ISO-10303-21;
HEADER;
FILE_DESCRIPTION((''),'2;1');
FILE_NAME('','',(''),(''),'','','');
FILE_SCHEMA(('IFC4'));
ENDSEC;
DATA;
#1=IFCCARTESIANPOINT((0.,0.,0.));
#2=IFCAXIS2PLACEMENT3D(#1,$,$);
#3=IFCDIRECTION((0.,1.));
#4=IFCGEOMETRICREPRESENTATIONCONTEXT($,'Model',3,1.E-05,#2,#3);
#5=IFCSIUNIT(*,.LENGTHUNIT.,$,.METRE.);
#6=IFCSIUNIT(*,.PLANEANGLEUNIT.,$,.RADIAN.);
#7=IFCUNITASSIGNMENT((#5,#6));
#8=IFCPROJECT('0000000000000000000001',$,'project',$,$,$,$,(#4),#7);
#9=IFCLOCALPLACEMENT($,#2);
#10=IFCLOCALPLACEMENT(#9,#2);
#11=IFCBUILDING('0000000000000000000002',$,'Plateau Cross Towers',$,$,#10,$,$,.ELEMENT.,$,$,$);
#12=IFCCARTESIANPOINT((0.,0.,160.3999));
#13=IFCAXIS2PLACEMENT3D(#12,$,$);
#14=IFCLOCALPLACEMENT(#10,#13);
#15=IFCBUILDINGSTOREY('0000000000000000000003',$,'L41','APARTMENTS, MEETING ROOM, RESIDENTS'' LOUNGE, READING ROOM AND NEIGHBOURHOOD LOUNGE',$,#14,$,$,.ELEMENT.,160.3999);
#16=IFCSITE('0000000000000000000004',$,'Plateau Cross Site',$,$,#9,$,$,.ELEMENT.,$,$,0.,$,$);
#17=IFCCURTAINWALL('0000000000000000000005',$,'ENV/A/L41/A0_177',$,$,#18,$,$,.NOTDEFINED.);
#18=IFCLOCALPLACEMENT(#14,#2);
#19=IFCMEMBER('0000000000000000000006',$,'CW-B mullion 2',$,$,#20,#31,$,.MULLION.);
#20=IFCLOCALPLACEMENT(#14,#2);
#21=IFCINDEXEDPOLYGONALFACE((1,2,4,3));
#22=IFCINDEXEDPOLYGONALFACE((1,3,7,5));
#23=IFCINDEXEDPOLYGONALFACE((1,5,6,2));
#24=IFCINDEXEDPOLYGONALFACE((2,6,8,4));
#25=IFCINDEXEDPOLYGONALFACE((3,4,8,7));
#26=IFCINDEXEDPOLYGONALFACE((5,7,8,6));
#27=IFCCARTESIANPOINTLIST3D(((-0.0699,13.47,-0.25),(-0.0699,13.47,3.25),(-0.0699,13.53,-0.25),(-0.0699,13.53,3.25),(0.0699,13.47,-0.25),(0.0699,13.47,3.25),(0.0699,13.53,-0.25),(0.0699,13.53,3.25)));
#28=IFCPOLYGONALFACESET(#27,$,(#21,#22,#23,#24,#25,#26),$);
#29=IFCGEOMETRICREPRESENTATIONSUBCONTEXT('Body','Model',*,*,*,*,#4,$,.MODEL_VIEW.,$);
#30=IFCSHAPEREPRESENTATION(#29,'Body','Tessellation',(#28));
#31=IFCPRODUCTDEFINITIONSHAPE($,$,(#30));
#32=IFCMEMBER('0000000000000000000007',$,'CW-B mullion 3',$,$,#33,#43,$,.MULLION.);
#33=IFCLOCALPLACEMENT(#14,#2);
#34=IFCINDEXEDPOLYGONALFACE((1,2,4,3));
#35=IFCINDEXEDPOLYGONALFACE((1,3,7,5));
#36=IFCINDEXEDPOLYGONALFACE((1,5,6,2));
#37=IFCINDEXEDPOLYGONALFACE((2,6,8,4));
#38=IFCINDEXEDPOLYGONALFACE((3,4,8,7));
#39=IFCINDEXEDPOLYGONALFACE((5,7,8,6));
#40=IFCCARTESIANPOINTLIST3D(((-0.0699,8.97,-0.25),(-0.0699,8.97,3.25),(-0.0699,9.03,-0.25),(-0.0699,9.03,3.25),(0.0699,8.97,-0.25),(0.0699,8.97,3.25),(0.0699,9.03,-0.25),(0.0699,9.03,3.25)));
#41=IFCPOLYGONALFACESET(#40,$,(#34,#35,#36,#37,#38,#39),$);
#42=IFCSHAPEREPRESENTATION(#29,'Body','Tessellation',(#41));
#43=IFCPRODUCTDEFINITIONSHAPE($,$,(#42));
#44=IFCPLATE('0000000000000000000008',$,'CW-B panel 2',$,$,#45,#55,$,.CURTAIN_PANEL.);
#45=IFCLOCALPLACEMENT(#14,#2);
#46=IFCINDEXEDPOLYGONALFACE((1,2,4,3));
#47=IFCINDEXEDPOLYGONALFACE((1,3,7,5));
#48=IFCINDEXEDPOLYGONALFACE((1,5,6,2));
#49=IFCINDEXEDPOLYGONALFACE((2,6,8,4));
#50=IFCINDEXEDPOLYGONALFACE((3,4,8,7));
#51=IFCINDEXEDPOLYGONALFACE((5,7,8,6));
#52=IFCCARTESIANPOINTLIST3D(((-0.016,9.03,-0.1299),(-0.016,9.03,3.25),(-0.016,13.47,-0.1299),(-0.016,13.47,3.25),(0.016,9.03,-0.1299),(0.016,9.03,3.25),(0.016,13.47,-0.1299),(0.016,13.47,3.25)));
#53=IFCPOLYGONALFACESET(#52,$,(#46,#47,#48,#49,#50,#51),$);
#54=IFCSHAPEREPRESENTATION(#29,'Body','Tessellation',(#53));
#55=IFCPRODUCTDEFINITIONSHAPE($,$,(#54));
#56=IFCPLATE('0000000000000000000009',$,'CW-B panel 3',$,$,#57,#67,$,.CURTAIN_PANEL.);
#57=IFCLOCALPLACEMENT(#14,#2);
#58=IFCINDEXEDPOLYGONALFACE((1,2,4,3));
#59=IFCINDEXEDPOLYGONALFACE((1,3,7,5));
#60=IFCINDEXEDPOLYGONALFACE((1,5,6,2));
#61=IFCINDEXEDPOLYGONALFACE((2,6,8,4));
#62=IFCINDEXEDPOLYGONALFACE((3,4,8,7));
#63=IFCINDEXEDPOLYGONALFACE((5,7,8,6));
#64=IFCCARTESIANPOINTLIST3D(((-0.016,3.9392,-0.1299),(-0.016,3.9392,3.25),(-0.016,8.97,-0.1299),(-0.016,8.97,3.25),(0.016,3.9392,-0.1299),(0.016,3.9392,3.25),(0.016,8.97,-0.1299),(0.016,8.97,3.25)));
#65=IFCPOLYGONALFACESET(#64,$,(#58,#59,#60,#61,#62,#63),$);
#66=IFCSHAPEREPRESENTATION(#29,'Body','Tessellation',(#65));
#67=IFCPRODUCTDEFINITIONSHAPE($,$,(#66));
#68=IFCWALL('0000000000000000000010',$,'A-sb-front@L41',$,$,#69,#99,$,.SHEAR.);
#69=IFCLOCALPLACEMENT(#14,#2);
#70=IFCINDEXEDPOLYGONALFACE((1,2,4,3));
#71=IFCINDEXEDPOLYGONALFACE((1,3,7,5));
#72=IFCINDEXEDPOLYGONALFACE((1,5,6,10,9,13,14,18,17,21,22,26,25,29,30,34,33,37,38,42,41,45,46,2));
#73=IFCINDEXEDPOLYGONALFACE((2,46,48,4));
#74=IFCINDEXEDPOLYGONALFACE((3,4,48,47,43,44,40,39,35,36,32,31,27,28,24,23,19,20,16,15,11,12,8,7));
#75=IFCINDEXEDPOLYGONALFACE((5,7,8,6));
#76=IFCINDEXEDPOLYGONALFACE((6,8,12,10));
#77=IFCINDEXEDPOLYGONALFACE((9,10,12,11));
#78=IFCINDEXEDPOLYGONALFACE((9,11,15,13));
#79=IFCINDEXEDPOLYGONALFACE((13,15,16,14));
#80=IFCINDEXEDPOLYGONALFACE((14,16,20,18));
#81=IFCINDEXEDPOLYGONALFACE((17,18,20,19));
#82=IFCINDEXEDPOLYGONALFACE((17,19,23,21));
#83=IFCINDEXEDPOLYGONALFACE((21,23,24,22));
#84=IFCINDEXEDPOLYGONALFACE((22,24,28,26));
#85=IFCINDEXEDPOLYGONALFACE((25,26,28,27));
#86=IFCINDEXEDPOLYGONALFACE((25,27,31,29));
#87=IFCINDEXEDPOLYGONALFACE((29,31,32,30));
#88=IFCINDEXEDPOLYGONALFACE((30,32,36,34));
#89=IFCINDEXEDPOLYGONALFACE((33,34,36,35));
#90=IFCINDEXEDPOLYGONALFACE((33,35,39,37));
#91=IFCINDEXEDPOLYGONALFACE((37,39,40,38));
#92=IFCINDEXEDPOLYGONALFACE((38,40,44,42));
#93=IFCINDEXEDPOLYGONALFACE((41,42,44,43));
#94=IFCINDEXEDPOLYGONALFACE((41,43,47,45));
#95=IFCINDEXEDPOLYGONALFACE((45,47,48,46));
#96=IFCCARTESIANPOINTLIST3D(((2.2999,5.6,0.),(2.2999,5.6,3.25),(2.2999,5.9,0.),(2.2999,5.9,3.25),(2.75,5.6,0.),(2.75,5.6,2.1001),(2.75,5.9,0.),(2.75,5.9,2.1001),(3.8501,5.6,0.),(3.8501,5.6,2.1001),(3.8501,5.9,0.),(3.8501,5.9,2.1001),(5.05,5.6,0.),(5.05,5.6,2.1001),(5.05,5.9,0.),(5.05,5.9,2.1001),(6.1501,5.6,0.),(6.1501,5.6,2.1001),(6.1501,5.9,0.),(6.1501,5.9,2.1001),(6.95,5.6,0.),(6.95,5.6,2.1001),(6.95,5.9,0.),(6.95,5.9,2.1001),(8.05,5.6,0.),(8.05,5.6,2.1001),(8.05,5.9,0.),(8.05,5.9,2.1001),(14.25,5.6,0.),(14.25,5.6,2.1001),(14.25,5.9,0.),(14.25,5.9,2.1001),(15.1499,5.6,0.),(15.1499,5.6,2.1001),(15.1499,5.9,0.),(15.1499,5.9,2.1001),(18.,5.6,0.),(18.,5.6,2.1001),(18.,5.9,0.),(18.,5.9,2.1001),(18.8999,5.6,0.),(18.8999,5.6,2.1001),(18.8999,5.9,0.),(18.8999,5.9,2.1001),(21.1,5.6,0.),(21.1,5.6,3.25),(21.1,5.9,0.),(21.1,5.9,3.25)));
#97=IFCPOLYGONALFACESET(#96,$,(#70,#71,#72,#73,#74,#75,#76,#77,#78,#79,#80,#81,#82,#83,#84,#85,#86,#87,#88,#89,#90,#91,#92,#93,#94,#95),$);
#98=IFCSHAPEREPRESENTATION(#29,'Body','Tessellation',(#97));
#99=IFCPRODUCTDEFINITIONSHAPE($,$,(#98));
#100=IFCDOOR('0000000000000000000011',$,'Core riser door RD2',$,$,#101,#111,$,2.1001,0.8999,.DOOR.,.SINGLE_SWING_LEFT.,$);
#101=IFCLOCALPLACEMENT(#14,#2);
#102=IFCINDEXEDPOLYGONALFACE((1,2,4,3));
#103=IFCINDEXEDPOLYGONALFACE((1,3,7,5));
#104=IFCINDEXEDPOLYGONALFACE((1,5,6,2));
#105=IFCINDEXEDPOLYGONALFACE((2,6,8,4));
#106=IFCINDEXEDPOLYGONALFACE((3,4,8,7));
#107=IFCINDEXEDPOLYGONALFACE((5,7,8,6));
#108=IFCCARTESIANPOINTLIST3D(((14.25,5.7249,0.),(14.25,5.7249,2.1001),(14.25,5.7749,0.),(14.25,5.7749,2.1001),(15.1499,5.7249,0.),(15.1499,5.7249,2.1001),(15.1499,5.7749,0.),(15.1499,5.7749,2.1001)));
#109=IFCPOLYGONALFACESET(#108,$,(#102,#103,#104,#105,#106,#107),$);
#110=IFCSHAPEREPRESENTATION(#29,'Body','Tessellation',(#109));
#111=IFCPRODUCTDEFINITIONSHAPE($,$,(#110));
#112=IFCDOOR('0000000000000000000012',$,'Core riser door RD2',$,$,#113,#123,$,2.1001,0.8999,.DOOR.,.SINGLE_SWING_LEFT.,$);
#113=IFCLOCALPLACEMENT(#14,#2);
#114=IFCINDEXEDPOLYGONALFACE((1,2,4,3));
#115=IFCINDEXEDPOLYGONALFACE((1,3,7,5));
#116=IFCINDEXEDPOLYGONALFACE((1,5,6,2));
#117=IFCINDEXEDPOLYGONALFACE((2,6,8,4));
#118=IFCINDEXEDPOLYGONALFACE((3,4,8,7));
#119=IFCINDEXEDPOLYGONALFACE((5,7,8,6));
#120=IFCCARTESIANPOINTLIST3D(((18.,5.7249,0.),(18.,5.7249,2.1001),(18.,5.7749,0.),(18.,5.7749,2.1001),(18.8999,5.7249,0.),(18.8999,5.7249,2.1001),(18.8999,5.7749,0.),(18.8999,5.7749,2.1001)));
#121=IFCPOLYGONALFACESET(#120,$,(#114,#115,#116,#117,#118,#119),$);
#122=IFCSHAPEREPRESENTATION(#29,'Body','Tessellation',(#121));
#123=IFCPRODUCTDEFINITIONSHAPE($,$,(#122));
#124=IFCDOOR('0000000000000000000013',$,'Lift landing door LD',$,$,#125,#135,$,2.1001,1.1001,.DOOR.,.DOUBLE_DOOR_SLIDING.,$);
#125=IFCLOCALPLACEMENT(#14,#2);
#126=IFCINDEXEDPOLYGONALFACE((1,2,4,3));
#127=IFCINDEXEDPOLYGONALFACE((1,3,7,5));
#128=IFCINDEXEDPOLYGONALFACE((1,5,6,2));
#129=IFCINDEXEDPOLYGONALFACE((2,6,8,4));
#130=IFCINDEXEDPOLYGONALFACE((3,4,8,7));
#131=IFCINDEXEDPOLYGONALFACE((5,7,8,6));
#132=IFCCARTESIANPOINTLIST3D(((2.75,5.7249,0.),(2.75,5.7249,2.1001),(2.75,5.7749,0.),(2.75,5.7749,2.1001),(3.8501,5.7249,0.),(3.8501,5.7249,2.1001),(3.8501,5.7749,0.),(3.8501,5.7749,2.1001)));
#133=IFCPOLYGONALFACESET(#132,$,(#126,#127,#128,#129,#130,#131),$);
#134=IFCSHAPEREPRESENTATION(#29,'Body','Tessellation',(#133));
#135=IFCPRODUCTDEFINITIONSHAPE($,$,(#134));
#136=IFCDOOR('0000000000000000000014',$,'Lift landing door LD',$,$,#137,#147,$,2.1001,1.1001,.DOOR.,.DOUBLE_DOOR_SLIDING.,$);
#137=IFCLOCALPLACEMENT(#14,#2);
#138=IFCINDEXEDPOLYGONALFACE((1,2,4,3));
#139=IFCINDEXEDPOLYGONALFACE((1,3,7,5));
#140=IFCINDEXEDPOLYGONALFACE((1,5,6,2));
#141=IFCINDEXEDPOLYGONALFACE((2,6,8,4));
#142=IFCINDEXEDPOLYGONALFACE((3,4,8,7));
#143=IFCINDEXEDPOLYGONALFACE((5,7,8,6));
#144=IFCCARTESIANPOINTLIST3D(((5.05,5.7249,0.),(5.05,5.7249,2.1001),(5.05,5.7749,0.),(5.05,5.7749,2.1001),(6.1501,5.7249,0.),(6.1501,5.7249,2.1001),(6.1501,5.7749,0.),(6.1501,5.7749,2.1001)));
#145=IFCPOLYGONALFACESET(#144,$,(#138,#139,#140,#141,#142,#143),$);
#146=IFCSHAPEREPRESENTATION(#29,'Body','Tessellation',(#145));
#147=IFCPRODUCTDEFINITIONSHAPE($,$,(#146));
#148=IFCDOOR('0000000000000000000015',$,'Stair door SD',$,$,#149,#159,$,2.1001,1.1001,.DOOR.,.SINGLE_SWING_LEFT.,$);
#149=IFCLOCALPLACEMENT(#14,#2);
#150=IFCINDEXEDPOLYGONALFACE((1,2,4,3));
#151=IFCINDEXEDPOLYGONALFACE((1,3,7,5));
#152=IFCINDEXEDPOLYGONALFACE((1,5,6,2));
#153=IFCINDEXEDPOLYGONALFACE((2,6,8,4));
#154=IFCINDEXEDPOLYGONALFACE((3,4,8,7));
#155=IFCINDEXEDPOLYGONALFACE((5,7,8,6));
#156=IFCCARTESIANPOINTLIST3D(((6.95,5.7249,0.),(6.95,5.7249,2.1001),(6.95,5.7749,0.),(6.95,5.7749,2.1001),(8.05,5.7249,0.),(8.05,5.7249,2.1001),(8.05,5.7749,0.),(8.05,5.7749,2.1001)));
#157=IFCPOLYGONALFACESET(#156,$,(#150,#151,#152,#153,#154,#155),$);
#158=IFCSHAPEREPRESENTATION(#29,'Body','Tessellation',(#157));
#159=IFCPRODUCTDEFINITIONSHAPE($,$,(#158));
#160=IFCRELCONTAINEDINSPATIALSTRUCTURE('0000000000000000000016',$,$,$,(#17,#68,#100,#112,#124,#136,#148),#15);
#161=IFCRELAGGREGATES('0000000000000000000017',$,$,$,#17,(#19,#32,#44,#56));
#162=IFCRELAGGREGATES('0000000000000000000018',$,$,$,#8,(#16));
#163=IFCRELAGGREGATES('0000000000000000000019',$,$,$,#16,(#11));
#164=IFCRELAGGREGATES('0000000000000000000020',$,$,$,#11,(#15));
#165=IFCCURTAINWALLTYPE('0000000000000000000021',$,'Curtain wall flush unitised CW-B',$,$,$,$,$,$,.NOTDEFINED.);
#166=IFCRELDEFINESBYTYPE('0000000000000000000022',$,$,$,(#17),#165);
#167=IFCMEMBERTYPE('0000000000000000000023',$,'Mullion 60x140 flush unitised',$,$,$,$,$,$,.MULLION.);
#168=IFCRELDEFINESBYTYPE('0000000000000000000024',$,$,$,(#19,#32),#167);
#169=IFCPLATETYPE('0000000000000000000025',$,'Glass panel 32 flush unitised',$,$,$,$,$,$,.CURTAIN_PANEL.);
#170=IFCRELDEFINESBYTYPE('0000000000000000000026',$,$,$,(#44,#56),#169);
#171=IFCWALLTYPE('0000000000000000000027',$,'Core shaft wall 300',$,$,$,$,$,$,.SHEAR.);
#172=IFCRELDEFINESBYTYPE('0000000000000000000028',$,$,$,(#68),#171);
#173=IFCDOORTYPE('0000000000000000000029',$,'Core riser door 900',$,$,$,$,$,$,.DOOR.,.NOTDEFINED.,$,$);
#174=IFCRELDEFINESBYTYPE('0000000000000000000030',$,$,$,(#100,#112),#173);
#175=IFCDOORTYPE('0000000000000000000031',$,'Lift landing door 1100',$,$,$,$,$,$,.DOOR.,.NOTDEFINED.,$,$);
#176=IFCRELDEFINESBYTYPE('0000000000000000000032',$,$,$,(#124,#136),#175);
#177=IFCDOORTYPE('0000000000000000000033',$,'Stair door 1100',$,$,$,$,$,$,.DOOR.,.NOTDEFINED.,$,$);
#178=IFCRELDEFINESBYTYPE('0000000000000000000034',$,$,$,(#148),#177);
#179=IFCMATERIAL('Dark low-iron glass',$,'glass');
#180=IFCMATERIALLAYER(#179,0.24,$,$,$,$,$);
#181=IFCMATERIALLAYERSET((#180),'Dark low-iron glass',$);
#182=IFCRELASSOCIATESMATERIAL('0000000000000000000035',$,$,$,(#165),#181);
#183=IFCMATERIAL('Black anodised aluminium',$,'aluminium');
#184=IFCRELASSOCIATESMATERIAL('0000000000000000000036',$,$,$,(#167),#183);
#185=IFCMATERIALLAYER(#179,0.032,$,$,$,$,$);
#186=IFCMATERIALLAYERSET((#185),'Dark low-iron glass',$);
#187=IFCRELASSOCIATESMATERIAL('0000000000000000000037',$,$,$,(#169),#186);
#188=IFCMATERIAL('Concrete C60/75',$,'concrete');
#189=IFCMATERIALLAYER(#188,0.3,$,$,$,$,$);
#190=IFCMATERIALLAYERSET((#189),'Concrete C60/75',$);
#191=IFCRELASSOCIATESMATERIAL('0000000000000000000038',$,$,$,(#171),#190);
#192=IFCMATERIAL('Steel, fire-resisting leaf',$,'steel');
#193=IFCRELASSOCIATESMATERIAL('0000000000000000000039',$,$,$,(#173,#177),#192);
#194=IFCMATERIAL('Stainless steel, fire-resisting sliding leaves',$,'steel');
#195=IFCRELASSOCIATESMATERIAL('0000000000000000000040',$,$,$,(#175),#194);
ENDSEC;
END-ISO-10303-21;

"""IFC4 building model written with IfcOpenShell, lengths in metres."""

from ifc_helpers import new_model, si_unit, direction, frame, frame_2d, origin, origin_2d, place, context, subcontext, project, spatial, rectangle, extrude, material, layer, layer_set, material_profile, profile_set, type_object, element, fill, aggregate, save


model = new_model("IFC4")

# Units and contexts
model_context = context("Model", 3, precision=1e-05, world=origin(), true_north=direction((0.0, 1.0)))
body_context = subcontext(model_context, "Body", "Model", "MODEL_VIEW")
ifc_project = project(units=[si_unit("LENGTHUNIT", "METRE"), si_unit("PLANEANGLEUNIT", "RADIAN")], contexts=[model_context])

# Site, building, storey
site_placement = place(None, origin())
site = spatial("IfcSite", under=ifc_project, at=site_placement, Name="Plateau Cross Site", CompositionType="ELEMENT", RefElevation=0.0)
building_placement = place(site_placement, origin())
building = spatial("IfcBuilding", under=site, at=building_placement, Name="Plateau Cross Towers", CompositionType="ELEMENT")
storey_placement = place(building_placement, frame((0.0, 0.0, 160.3999)))
storey = spatial("IfcBuildingStorey", under=building, at=storey_placement, Name="L41", Description="APARTMENTS, MEETING ROOM, RESIDENTS' LOUNGE, READING ROOM AND NEIGHBOURHOOD LOUNGE", CompositionType="ELEMENT", Elevation=160.3999)

# Curtain wall, members, plates
ifc_material_1 = material(Name="Dark low-iron glass", Category="glass")
ifc_layer_1 = layer(ifc_material_1, 0.24)
ifc_layer_set_1 = layer_set([ifc_layer_1], Name="Dark low-iron glass")
curtain_wall_type = type_object("IfcCurtainWallType", Name="Curtain wall flush unitised CW-B", PredefinedType="NOTDEFINED", material=ifc_layer_set_1)
curtain_wall_placement = place(storey_placement, origin())
curtain_wall = element("IfcCurtainWall", 1, at=curtain_wall_placement, inside=storey, type_object=curtain_wall_type, Name="ENV/A/L41/A0_177", PredefinedType="NOTDEFINED")
ifc_material_2 = material(Name="Black anodised aluminium", Category="aluminium")
ifc_material_profile = material_profile(ifc_material_2, rectangle(XDim=0.0601, YDim=0.1399, at=origin_2d()), Name="MULLION 60x140")
ifc_profile_set = profile_set([ifc_material_profile], Name="Black anodised aluminium")
member_type = type_object("IfcMemberType", Name="Mullion 60x140 flush unitised", PredefinedType="MULLION", material=ifc_profile_set)
member_1_placement = place(storey_placement, frame((0.0, 13.5, -0.25), z_axis=(0.0, 0.0, 1.0), x_axis=(0.0, -1.0, 0.0)))
member_1 = element("IfcMember", 2, at=member_1_placement, type_object=member_type, Name="CW-B mullion 2", PredefinedType="MULLION", context=body_context, shape_type="SweptSolid", body=[
    extrude(rectangle(XDim=0.0601, YDim=0.1399, at=origin_2d()), origin(), (0.0, 0.0, 1.0), 3.5),
])
member_2_placement = place(storey_placement, frame((0.0, 9.0, -0.25), z_axis=(0.0, 0.0, 1.0), x_axis=(0.0, -1.0, 0.0)))
member_2 = element("IfcMember", 3, at=member_2_placement, type_object=member_type, Name="CW-B mullion 3", PredefinedType="MULLION", context=body_context, shape_type="SweptSolid", body=[
    extrude(rectangle(XDim=0.0601, YDim=0.1399, at=origin_2d()), origin(), (0.0, 0.0, 1.0), 3.5),
])
ifc_layer_2 = layer(ifc_material_1, 0.032)
ifc_layer_set_2 = layer_set([ifc_layer_2], Name="Dark low-iron glass")
plate_type = type_object("IfcPlateType", Name="Glass panel 32 flush unitised", PredefinedType="CURTAIN_PANEL", material=ifc_layer_set_2)
plate_1_placement = place(storey_placement, frame((0.0, 11.25, -0.1299), z_axis=(0.0, 0.0, 1.0), x_axis=(0.0, -1.0, 0.0)))
plate_1 = element("IfcPlate", 4, at=plate_1_placement, type_object=plate_type, Name="CW-B panel 2", PredefinedType="CURTAIN_PANEL", context=body_context, shape_type="SweptSolid", body=[
    extrude(rectangle(XDim=4.4399, YDim=0.032, at=origin_2d()), origin(), (0.0, 0.0, 1.0), 3.3799),
])
plate_2_placement = place(storey_placement, frame((0.0, 6.4546, -0.1299), z_axis=(0.0, 0.0, 1.0), x_axis=(0.0, -1.0, 0.0)))
plate_2 = element("IfcPlate", 5, at=plate_2_placement, type_object=plate_type, Name="CW-B panel 3", PredefinedType="CURTAIN_PANEL", context=body_context, shape_type="SweptSolid", body=[
    extrude(rectangle(XDim=5.0308, YDim=0.032, at=origin_2d()), origin(), (0.0, 0.0, 1.0), 3.3799),
])
aggregate(curtain_wall, [member_1, member_2, plate_1, plate_2])

# Wall, openings, doors
ifc_material_3 = material(Name="Concrete C60/75", Category="concrete")
ifc_layer_3 = layer(ifc_material_3, 0.3)
ifc_layer_set_3 = layer_set([ifc_layer_3], Name="Concrete C60/75")
wall_type = type_object("IfcWallType", Name="Core shaft wall 300", PredefinedType="SHEAR", material=ifc_layer_set_3)
wall_1_placement = place(storey_placement, frame((2.3, 5.75, 0.0), z_axis=(0.0, 0.0, 1.0), x_axis=(1.0, 0.0, 0.0)))
wall_1 = element("IfcWall", 6, at=wall_1_placement, inside=storey, type_object=wall_type, Name="A-sb-front@L41", PredefinedType="SHEAR", context=body_context, shape_type="SweptSolid", body=[
    extrude(rectangle(XDim=18.8, YDim=0.3, at=frame_2d((9.3999, 0.0))), origin(), (0.0, 0.0, 1.0), 3.25),
])
opening_1_placement = place(wall_1_placement, frame((4.6499, 0.0, 0.0)))
opening_1 = element("IfcOpeningElement", 7, at=opening_1_placement, cuts=wall_1, PredefinedType="OPENING", context=body_context, shape_type="SweptSolid", body=[
    extrude(rectangle(XDim=1.1001, YDim=2.1001, at=frame_2d((0.55, 1.05))), frame((0.0, 0.1599, 0.0), z_axis=(0.0, -1.0, 0.0), x_axis=(1.0, 0.0, 0.0)), (0.0, 0.0, 1.0), 0.3201),
])
opening_2_placement = place(wall_1_placement, frame((0.45, 0.0, 0.0)))
opening_2 = element("IfcOpeningElement", 8, at=opening_2_placement, cuts=wall_1, PredefinedType="OPENING", context=body_context, shape_type="SweptSolid", body=[
    extrude(rectangle(XDim=1.1001, YDim=2.1001, at=frame_2d((0.55, 1.05))), frame((0.0, 0.1599, 0.0), z_axis=(0.0, -1.0, 0.0), x_axis=(1.0, 0.0, 0.0)), (0.0, 0.0, 1.0), 0.3201),
])
opening_3_placement = place(wall_1_placement, frame((2.75, 0.0, 0.0)))
opening_3 = element("IfcOpeningElement", 9, at=opening_3_placement, cuts=wall_1, PredefinedType="OPENING", context=body_context, shape_type="SweptSolid", body=[
    extrude(rectangle(XDim=1.1001, YDim=2.1001, at=frame_2d((0.55, 1.05))), frame((0.0, 0.1599, 0.0), z_axis=(0.0, -1.0, 0.0), x_axis=(1.0, 0.0, 0.0)), (0.0, 0.0, 1.0), 0.3201),
])
opening_4_placement = place(wall_1_placement, frame((11.95, 0.0, 0.0)))
opening_4 = element("IfcOpeningElement", 10, at=opening_4_placement, cuts=wall_1, PredefinedType="OPENING", context=body_context, shape_type="SweptSolid", body=[
    extrude(rectangle(XDim=0.8999, YDim=2.1001, at=frame_2d((0.45, 1.05))), frame((0.0, 0.1599, 0.0), z_axis=(0.0, -1.0, 0.0), x_axis=(1.0, 0.0, 0.0)), (0.0, 0.0, 1.0), 0.3201),
])
opening_5_placement = place(wall_1_placement, frame((15.7, 0.0, 0.0)))
opening_5 = element("IfcOpeningElement", 11, at=opening_5_placement, cuts=wall_1, PredefinedType="OPENING", context=body_context, shape_type="SweptSolid", body=[
    extrude(rectangle(XDim=0.8999, YDim=2.1001, at=frame_2d((0.45, 1.05))), frame((0.0, 0.1599, 0.0), z_axis=(0.0, -1.0, 0.0), x_axis=(1.0, 0.0, 0.0)), (0.0, 0.0, 1.0), 0.3201),
])
ifc_material_4 = material(Name="Steel, fire-resisting leaf", Category="steel")
door_type_1 = type_object("IfcDoorType", Name="Core riser door 900", OperationType="NOTDEFINED", PredefinedType="DOOR", material=ifc_material_4)
door_1_placement = place(opening_4_placement, origin())
door_1 = element("IfcDoor", 12, at=door_1_placement, inside=storey, type_object=door_type_1, Name="Core riser door RD2", OperationType="SINGLE_SWING_LEFT", OverallHeight=2.1001, OverallWidth=0.8999, PredefinedType="DOOR", context=body_context, shape_type="SweptSolid", body=[
    extrude(rectangle(XDim=0.8999, YDim=2.1001, at=frame_2d((0.45, 1.05))), frame((0.0, 0.0249, 0.0), z_axis=(0.0, -1.0, 0.0), x_axis=(1.0, 0.0, 0.0)), (0.0, 0.0, 1.0), 0.05),
])
fill(opening_4, door_1)
door_2_placement = place(opening_5_placement, origin())
door_2 = element("IfcDoor", 13, at=door_2_placement, inside=storey, type_object=door_type_1, Name="Core riser door RD2", OperationType="SINGLE_SWING_LEFT", OverallHeight=2.1001, OverallWidth=0.8999, PredefinedType="DOOR", context=body_context, shape_type="SweptSolid", body=[
    extrude(rectangle(XDim=0.8999, YDim=2.1001, at=frame_2d((0.45, 1.05))), frame((0.0, 0.0249, 0.0), z_axis=(0.0, -1.0, 0.0), x_axis=(1.0, 0.0, 0.0)), (0.0, 0.0, 1.0), 0.05),
])
fill(opening_5, door_2)
ifc_material_5 = material(Name="Stainless steel, fire-resisting sliding leaves", Category="steel")
door_type_2 = type_object("IfcDoorType", Name="Lift landing door 1100", OperationType="NOTDEFINED", PredefinedType="DOOR", material=ifc_material_5)
door_3_placement = place(opening_2_placement, origin())
door_3 = element("IfcDoor", 14, at=door_3_placement, inside=storey, type_object=door_type_2, Name="Lift landing door LD", OperationType="DOUBLE_DOOR_SLIDING", OverallHeight=2.1001, OverallWidth=1.1001, PredefinedType="DOOR", context=body_context, shape_type="SweptSolid", body=[
    extrude(rectangle(XDim=1.1001, YDim=2.1001, at=frame_2d((0.55, 1.05))), frame((0.0, 0.0249, 0.0), z_axis=(0.0, -1.0, 0.0), x_axis=(1.0, 0.0, 0.0)), (0.0, 0.0, 1.0), 0.05),
])
fill(opening_2, door_3)
door_4_placement = place(opening_3_placement, origin())
door_4 = element("IfcDoor", 15, at=door_4_placement, inside=storey, type_object=door_type_2, Name="Lift landing door LD", OperationType="DOUBLE_DOOR_SLIDING", OverallHeight=2.1001, OverallWidth=1.1001, PredefinedType="DOOR", context=body_context, shape_type="SweptSolid", body=[
    extrude(rectangle(XDim=1.1001, YDim=2.1001, at=frame_2d((0.55, 1.05))), frame((0.0, 0.0249, 0.0), z_axis=(0.0, -1.0, 0.0), x_axis=(1.0, 0.0, 0.0)), (0.0, 0.0, 1.0), 0.05),
])
fill(opening_3, door_4)
door_type_3 = type_object("IfcDoorType", Name="Stair door 1100", OperationType="NOTDEFINED", PredefinedType="DOOR", material=ifc_material_4)
door_5_placement = place(opening_1_placement, origin())
door_5 = element("IfcDoor", 16, at=door_5_placement, inside=storey, type_object=door_type_3, Name="Stair door SD", OperationType="SINGLE_SWING_LEFT", OverallHeight=2.1001, OverallWidth=1.1001, PredefinedType="DOOR", context=body_context, shape_type="SweptSolid", body=[
    extrude(rectangle(XDim=1.1001, YDim=2.1001, at=frame_2d((0.55, 1.05))), frame((0.0, 0.0249, 0.0), z_axis=(0.0, -1.0, 0.0), x_axis=(1.0, 0.0, 0.0)), (0.0, 0.0, 1.0), 0.05),
])
fill(opening_1, door_5)

save(model, "model.ifc")
